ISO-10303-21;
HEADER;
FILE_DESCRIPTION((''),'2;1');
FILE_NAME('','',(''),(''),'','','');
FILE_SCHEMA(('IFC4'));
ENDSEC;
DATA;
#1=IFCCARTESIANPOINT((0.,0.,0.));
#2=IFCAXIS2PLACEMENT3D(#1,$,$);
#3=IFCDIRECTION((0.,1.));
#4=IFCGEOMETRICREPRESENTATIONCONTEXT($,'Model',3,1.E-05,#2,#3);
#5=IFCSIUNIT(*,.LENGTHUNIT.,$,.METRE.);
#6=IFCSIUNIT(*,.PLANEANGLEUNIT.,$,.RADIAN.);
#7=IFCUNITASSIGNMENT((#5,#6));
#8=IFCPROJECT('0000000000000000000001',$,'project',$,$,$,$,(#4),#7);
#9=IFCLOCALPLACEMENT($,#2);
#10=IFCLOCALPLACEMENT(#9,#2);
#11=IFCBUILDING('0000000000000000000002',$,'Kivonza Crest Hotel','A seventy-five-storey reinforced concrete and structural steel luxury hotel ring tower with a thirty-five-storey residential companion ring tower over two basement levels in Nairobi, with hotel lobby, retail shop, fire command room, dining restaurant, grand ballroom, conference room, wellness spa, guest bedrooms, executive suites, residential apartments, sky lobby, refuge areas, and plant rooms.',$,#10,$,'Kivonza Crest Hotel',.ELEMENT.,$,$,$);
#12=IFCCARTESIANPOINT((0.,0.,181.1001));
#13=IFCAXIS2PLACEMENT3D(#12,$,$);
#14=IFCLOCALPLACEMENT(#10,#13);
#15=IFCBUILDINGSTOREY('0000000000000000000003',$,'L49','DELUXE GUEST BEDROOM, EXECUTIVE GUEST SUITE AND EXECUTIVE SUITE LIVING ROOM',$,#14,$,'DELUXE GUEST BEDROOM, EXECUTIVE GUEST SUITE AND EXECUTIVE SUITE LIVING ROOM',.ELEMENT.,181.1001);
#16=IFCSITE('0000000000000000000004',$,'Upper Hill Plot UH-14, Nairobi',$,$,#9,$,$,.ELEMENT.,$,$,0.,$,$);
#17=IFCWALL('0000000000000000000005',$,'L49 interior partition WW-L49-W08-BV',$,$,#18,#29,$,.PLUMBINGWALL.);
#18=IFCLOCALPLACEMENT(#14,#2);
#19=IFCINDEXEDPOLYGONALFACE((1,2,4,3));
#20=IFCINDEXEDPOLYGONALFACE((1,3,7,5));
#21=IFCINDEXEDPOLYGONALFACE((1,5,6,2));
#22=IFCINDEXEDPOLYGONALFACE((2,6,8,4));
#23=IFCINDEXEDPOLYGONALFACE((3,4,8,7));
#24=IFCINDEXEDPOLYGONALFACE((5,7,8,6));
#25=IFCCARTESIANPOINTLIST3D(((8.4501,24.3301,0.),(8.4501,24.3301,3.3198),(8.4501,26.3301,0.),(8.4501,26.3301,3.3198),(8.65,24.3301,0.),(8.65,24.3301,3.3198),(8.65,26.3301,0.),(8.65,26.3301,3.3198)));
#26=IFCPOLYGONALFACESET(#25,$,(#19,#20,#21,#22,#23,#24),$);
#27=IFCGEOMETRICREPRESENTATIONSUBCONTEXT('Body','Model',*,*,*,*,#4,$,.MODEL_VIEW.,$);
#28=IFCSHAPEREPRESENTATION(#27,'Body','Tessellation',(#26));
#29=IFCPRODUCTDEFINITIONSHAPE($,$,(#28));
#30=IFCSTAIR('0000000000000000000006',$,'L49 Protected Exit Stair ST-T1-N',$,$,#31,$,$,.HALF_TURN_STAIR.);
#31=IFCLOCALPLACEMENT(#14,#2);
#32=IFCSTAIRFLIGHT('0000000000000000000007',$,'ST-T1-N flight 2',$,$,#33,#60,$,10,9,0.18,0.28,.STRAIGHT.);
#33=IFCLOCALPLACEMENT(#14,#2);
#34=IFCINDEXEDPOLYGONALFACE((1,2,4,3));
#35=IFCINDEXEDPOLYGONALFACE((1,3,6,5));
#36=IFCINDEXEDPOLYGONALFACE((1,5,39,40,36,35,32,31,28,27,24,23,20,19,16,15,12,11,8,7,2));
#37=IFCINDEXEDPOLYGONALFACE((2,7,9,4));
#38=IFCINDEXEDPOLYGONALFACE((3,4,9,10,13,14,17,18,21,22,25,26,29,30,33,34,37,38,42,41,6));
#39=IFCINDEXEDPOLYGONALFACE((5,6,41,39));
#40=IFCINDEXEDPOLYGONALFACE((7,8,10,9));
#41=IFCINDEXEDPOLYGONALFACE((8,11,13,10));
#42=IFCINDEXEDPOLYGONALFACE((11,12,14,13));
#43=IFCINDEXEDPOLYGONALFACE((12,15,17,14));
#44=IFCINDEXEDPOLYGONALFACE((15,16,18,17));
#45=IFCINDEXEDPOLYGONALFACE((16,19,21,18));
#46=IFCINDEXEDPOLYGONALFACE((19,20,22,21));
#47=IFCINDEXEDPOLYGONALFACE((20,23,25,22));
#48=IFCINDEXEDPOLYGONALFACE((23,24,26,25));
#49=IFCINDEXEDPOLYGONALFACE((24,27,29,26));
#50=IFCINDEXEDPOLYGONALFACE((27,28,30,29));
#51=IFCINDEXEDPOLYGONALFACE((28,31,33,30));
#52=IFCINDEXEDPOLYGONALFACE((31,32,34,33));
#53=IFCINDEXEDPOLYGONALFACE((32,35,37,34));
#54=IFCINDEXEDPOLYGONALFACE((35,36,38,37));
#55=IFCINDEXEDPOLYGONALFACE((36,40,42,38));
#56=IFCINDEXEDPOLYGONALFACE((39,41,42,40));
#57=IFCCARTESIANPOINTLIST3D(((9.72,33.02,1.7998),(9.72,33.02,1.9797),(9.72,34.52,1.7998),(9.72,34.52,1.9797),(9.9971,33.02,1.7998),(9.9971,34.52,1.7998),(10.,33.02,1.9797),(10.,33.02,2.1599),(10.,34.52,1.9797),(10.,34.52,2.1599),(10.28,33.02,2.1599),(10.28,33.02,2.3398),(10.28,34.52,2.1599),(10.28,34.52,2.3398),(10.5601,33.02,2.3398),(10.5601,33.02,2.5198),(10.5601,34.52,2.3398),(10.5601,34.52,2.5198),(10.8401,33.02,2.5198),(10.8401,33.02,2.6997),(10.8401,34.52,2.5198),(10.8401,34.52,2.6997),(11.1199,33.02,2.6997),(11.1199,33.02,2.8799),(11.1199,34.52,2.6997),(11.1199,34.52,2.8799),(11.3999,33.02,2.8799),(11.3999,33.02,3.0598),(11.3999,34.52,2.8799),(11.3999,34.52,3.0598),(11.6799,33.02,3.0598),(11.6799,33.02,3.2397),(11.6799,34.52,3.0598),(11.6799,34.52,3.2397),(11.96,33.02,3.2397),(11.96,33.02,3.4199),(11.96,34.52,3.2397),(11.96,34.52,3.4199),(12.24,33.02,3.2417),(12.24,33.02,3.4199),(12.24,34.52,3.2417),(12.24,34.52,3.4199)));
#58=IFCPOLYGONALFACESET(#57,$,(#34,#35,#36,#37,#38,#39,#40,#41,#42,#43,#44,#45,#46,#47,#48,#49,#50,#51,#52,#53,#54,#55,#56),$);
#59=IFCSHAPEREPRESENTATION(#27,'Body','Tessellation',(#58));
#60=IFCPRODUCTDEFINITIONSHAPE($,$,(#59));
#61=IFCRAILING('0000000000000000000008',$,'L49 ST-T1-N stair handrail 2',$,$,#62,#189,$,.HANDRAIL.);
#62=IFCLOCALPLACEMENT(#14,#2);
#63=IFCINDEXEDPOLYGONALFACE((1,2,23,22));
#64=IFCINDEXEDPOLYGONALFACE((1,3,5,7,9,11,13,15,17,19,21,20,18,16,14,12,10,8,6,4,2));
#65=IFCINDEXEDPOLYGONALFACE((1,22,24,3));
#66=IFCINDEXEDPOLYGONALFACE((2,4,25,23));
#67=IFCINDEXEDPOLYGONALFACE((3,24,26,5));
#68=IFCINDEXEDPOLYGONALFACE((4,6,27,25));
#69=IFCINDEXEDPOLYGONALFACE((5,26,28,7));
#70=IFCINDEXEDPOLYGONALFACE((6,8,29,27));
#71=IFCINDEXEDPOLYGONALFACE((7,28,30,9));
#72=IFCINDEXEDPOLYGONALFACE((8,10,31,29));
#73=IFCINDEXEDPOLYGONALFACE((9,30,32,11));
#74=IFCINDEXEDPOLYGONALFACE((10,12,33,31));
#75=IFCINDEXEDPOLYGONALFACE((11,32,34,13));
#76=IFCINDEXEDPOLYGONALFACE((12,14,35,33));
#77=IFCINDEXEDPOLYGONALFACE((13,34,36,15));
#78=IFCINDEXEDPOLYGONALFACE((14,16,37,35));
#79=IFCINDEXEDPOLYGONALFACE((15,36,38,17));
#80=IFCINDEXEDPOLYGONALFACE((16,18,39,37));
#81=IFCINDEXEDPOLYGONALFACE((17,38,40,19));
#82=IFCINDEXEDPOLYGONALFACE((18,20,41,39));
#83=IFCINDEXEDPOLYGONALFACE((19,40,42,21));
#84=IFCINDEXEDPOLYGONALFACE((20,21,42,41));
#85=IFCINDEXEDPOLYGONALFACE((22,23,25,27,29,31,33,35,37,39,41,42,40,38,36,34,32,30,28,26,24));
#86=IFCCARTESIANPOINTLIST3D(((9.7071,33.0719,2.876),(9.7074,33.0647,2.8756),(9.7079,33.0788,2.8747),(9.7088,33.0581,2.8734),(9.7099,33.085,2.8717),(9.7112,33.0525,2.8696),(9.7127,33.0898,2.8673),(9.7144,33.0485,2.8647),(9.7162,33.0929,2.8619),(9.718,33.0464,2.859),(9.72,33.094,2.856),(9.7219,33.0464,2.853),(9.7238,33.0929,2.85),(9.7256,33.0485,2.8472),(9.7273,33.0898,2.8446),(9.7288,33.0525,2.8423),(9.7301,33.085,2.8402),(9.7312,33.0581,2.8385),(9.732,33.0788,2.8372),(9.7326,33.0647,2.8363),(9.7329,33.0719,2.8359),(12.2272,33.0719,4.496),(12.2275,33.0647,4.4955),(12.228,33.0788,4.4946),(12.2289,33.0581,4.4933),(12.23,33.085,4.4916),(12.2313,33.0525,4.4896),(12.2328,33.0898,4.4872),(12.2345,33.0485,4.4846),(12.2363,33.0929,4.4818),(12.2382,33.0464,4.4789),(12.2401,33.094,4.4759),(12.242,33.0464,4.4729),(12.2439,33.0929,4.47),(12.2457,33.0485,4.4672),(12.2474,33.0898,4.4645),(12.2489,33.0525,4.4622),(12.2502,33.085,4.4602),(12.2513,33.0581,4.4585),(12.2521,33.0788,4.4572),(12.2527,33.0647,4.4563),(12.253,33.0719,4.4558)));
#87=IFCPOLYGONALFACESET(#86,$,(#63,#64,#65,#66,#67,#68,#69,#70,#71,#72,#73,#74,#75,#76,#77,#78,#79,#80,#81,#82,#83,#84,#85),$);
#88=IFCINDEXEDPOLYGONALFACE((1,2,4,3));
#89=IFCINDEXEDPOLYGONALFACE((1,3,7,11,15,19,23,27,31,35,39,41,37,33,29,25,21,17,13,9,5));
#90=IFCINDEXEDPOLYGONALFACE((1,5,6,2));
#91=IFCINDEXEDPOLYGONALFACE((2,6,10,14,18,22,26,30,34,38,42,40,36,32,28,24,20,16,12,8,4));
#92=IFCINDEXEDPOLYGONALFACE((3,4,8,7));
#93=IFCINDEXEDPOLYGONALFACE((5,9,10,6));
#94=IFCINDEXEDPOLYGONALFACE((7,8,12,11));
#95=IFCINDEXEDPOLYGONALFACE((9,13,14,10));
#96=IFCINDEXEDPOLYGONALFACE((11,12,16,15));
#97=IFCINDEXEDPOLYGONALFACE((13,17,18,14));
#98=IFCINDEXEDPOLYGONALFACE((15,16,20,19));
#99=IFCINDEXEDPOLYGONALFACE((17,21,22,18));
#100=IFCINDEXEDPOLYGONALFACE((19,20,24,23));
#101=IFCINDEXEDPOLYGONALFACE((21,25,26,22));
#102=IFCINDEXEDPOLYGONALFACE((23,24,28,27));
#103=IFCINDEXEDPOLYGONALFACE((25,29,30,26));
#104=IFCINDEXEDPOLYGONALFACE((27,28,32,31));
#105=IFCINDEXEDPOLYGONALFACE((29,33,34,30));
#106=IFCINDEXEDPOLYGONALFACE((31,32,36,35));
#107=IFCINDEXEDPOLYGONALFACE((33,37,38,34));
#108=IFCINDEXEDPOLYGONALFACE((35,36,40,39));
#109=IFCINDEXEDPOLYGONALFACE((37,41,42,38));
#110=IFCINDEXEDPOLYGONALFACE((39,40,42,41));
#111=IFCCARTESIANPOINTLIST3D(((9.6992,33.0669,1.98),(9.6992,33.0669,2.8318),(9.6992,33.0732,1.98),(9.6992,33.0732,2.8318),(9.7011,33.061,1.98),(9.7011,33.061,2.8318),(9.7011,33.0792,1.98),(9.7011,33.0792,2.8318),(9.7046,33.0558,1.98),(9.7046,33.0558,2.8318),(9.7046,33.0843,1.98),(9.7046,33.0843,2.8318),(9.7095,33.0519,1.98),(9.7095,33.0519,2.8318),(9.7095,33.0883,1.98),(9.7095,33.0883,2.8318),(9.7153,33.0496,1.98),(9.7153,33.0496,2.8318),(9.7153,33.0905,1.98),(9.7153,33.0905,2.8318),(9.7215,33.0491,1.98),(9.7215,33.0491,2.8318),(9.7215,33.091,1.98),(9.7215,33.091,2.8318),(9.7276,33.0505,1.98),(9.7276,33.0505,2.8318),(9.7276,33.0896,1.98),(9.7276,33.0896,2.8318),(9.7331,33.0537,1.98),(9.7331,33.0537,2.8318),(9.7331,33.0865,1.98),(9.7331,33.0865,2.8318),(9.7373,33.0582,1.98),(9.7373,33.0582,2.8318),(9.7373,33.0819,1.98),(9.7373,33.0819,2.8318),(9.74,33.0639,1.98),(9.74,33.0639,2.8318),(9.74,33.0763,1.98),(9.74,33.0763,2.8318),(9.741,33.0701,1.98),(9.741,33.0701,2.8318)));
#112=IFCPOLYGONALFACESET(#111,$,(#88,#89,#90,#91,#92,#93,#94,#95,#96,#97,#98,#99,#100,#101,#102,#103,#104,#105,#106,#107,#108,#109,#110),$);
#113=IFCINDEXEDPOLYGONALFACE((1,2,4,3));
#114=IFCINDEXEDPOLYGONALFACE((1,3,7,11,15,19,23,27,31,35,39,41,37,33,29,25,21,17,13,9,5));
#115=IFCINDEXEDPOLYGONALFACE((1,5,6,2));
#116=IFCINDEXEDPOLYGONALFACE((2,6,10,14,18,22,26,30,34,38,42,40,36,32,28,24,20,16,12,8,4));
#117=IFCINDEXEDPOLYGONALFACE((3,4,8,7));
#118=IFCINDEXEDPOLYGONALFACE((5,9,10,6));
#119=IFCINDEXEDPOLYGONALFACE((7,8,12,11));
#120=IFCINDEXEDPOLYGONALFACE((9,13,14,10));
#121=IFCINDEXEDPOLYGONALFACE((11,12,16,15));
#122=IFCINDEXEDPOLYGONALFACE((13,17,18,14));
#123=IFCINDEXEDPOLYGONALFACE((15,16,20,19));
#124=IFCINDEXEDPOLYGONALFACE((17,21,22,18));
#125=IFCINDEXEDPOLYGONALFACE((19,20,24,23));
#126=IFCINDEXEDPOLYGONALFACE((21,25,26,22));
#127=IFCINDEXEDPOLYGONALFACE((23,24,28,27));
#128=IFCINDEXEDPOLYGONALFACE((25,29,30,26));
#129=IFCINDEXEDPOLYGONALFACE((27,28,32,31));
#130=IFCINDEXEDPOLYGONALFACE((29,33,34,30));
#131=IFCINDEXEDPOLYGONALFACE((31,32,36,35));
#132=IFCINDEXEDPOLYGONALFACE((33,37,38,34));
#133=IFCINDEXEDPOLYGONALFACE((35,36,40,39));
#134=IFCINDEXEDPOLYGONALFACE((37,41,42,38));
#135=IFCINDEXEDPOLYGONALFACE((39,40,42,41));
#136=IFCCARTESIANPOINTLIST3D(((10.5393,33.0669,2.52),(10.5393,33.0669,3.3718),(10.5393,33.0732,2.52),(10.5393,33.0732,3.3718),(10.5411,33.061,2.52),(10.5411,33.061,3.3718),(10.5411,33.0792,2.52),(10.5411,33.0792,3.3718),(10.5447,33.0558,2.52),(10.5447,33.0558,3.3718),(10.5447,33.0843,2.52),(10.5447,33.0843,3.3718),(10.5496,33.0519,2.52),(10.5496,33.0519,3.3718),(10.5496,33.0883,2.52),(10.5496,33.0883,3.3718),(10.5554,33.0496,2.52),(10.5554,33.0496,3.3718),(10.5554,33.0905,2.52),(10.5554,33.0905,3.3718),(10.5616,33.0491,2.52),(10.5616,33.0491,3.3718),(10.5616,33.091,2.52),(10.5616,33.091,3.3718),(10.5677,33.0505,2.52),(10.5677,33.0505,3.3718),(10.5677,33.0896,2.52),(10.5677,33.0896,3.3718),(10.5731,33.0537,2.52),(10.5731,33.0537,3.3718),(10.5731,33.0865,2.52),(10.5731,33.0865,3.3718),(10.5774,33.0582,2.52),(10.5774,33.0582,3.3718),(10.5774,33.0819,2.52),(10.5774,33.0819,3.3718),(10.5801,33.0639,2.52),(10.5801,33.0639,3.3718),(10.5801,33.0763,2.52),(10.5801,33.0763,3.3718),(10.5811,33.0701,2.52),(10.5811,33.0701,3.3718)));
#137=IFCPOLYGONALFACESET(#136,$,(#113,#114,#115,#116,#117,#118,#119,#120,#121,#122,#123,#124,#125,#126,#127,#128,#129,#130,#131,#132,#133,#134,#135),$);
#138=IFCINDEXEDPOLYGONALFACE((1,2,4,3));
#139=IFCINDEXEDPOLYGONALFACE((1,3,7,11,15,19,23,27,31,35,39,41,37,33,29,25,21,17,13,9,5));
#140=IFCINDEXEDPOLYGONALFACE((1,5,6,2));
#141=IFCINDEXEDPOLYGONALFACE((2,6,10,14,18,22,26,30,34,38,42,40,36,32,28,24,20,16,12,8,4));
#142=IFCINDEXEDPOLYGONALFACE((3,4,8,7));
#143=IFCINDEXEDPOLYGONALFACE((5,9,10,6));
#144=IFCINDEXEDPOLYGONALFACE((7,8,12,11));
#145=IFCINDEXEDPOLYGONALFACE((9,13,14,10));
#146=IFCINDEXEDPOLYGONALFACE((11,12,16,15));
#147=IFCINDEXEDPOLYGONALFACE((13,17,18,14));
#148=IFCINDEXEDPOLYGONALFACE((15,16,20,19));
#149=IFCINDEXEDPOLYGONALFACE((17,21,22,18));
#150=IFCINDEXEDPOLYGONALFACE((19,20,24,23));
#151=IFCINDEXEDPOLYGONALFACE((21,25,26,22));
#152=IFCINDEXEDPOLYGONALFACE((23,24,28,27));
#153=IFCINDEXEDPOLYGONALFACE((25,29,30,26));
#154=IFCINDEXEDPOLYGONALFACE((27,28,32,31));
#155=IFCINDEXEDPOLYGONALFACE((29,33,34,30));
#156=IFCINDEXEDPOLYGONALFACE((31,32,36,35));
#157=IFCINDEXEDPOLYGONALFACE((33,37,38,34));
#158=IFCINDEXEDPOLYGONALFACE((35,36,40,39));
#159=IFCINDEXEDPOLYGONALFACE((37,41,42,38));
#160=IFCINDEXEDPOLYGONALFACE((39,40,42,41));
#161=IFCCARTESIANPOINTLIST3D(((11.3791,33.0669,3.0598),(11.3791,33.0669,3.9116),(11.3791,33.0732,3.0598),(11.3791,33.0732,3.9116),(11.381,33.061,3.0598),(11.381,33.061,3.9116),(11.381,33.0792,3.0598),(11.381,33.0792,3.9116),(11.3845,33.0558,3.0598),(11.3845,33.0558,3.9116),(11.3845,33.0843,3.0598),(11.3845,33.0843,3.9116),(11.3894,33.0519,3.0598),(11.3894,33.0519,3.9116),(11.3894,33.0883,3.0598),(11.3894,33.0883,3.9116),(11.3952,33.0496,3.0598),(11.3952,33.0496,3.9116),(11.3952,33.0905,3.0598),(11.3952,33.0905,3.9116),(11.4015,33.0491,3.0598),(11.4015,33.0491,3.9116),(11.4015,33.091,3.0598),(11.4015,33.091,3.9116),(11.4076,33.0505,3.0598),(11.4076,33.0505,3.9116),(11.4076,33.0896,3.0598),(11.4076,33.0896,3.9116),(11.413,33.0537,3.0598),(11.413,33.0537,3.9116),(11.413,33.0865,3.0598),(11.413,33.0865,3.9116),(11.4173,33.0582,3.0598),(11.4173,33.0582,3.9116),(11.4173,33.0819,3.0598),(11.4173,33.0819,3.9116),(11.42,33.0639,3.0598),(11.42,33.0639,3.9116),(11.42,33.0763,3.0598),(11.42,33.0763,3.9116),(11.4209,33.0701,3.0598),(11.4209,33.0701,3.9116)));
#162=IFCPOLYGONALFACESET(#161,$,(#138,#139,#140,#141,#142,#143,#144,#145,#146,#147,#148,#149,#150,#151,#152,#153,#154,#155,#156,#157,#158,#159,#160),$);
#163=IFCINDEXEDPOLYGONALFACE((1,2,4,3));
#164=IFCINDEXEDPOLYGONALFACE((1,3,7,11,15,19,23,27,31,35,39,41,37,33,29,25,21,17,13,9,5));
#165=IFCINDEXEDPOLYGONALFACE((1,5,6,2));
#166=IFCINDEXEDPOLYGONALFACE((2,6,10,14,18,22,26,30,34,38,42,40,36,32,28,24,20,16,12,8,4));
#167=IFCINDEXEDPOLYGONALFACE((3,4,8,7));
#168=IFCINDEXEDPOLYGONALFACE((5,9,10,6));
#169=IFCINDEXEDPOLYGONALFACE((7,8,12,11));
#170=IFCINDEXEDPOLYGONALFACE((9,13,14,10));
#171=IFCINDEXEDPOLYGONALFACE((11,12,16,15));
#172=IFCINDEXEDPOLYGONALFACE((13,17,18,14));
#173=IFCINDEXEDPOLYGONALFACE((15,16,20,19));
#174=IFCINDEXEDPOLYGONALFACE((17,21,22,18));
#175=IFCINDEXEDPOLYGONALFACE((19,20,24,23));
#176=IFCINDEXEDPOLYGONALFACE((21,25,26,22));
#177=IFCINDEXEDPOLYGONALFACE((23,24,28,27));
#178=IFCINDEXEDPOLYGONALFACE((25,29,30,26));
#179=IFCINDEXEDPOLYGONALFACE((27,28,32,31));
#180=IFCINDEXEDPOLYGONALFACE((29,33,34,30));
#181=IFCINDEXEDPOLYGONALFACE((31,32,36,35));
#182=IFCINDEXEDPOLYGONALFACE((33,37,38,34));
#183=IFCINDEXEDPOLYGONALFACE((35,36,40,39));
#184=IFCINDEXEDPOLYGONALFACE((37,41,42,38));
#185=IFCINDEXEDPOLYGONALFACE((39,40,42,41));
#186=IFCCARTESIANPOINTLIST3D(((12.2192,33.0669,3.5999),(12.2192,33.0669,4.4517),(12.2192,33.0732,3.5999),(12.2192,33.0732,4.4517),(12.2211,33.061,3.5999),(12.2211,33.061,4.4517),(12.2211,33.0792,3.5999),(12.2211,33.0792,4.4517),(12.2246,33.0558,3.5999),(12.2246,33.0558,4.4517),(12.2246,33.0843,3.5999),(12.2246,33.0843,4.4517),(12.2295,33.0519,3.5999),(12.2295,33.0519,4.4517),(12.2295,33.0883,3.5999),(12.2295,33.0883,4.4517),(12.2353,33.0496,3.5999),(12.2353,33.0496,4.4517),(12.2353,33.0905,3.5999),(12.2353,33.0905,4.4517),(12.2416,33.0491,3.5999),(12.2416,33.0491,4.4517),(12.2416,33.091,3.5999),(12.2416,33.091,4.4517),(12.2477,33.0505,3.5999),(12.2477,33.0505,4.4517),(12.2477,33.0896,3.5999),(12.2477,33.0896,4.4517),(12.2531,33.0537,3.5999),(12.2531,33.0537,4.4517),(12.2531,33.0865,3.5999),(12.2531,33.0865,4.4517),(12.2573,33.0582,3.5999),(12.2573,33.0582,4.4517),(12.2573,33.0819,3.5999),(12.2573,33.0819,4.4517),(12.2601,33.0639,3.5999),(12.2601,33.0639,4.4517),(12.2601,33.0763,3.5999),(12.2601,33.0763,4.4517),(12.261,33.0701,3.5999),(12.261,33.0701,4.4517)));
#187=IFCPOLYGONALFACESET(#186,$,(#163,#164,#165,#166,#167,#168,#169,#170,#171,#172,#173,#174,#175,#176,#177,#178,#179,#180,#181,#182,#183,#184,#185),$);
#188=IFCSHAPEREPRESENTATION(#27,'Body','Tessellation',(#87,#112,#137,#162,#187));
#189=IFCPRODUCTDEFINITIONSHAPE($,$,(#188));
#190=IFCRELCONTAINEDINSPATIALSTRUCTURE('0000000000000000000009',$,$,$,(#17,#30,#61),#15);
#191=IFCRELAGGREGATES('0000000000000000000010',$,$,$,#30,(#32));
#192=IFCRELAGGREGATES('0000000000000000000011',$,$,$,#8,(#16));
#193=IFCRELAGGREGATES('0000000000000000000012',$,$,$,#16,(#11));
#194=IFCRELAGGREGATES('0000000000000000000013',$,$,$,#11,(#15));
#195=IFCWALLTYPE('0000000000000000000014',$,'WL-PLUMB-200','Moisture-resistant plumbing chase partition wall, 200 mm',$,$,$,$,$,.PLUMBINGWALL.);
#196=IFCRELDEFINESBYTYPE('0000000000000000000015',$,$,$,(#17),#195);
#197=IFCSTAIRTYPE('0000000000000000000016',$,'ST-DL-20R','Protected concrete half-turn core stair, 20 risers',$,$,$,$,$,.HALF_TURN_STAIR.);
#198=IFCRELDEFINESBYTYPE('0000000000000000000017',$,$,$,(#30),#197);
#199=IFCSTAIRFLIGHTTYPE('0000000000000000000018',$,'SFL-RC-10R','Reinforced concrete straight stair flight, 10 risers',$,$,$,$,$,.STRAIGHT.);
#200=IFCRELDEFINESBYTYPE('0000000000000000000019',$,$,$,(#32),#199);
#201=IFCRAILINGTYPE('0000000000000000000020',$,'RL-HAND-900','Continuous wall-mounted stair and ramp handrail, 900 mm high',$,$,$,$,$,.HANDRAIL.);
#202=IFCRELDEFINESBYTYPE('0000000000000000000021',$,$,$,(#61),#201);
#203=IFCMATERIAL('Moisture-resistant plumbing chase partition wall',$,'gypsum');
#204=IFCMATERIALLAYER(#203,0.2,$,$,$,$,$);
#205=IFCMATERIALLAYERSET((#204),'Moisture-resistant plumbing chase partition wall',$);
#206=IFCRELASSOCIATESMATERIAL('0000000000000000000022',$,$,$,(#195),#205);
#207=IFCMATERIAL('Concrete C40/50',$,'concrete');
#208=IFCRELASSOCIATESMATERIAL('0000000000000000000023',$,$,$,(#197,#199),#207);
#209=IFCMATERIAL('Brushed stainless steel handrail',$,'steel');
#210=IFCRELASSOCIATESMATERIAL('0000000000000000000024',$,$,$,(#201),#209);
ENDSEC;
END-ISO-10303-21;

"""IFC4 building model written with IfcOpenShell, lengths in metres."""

from ifc_helpers import new_model, si_unit, direction, frame, frame_2d, origin, origin_2d, place, context, subcontext, project, spatial, polyline, rectangle, circle, outline, extrude, material, layer, layer_set, type_object, element, aggregate, save


model = new_model("IFC4")

# Units and contexts
model_context = context("Model", 3, precision=1e-05, world=origin(), true_north=direction((0.0, 1.0)))
body_context = subcontext(model_context, "Body", "Model", "MODEL_VIEW")
ifc_project = project(units=[si_unit("LENGTHUNIT", "METRE"), si_unit("PLANEANGLEUNIT", "RADIAN")], contexts=[model_context])

# Site, building, storey
site_placement = place(None, origin())
site = spatial("IfcSite", under=ifc_project, at=site_placement, Name="Upper Hill Plot UH-14, Nairobi", CompositionType="ELEMENT", RefElevation=0.0)
building_placement = place(site_placement, origin())
building = spatial("IfcBuilding", under=site, at=building_placement, Name="Kivonza Crest Hotel", Description="A seventy-five-storey reinforced concrete and structural steel luxury hotel ring tower with a thirty-five-storey residential companion ring tower over two basement levels in Nairobi, with hotel lobby, retail shop, fire command room, dining restaurant, grand ballroom, conference room, wellness spa, guest bedrooms, executive suites, residential apartments, sky lobby, refuge areas, and plant rooms.", LongName="Kivonza Crest Hotel", CompositionType="ELEMENT")
storey_placement = place(building_placement, frame((0.0, 0.0, 181.1001)))
storey = spatial("IfcBuildingStorey", under=building, at=storey_placement, Name="L49", Description="DELUXE GUEST BEDROOM, EXECUTIVE GUEST SUITE AND EXECUTIVE SUITE LIVING ROOM", LongName="DELUXE GUEST BEDROOM, EXECUTIVE GUEST SUITE AND EXECUTIVE SUITE LIVING ROOM", CompositionType="ELEMENT", Elevation=181.1001)

# Shared definitions
ifc_material_1 = material(Name="Moisture-resistant plumbing chase partition wall", Category="gypsum")
ifc_layer_1 = layer(ifc_material_1, 0.2)
ifc_layer_set_1 = layer_set([ifc_layer_1], Name="Moisture-resistant plumbing chase partition wall")
wall_type_1 = type_object("IfcWallType", Name="WL-PLUMB-200", Description="Moisture-resistant plumbing chase partition wall, 200 mm", PredefinedType="PLUMBINGWALL", material=ifc_layer_set_1)

# Wall
wall_1_placement = place(storey_placement, frame((8.55, 24.3301, 0.0), z_axis=(0.0, 0.0, 1.0), x_axis=(0.0, 1.0, 0.0)))
element("IfcWall", 1, at=wall_1_placement, inside=storey, type_object=wall_type_1, Name="L49 interior partition WW-L49-W08-BV", PredefinedType="PLUMBINGWALL", context=body_context, shape_type="SweptSolid", body=[
    extrude(rectangle(XDim=2.0, YDim=0.2, at=frame_2d((1.0, 0.0))), origin(), (0.0, 0.0, 1.0), 3.3198),
])

# Stair, stair flight
ifc_material_2 = material(Name="Concrete C40/50", Category="concrete")
stair_type = type_object("IfcStairType", Name="ST-DL-20R", Description="Protected concrete half-turn core stair, 20 risers", PredefinedType="HALF_TURN_STAIR", material=ifc_material_2)
stair_placement = place(storey_placement, origin())
stair = element("IfcStair", 2, at=stair_placement, inside=storey, type_object=stair_type, Name="L49 Protected Exit Stair ST-T1-N", PredefinedType="HALF_TURN_STAIR")
stair_flight_type = type_object("IfcStairFlightType", Name="SFL-RC-10R", Description="Reinforced concrete straight stair flight, 10 risers", PredefinedType="STRAIGHT", material=ifc_material_2)
stair_flight_placement = place(storey_placement, frame((9.72, 33.77, 1.7998), z_axis=(0.0, 0.0, 1.0), x_axis=(1.0, 0.0, 0.0)))
stair_flight = element("IfcStairFlight", 3, at=stair_flight_placement, type_object=stair_flight_type, Name="ST-T1-N flight 2", NumberOfRisers=10, NumberOfTreads=9, PredefinedType="STRAIGHT", RiserHeight=0.18, TreadLength=0.28, context=body_context, shape_type="SweptSolid", body=[
    extrude(outline(polyline([(0.0, 0.0), (0.0, 0.1799), (0.28, 0.1799), (0.28, 0.3601), (0.5601, 0.3601), (0.5601, 0.54), (0.8401, 0.54), (0.8401, 0.72), (1.1201, 0.72), (1.1201, 0.8999), (1.3999, 0.8999), (1.3999, 1.0801), (1.6799, 1.0801), (1.6799, 1.26), (1.96, 1.26), (1.96, 1.4399), (2.24, 1.4399), (2.24, 1.6201), (2.52, 1.6201), (2.52, 1.8), (2.52, 1.4419), (0.2771, 0.0), (0.0, 0.0)])), frame((0.0, 0.75, 0.0), z_axis=(0.0, -1.0, 0.0), x_axis=(1.0, 0.0, 0.0)), (0.0, 0.0, 1.0), 1.5),
])
aggregate(stair, [stair_flight])

# Railing
ifc_material_3 = material(Name="Brushed stainless steel handrail", Category="steel")
railing_type_1 = type_object("IfcRailingType", Name="RL-HAND-900", Description="Continuous wall-mounted stair and ramp handrail, 900 mm high", PredefinedType="HANDRAIL", material=ifc_material_3)
railing_1_placement = place(storey_placement, frame((9.72, 33.0701, 1.98)))
element("IfcRailing", 4, at=railing_1_placement, inside=storey, type_object=railing_type_1, Name="L49 ST-T1-N stair handrail 2", PredefinedType="HANDRAIL", context=body_context, shape_type="SweptSolid", body=[
    extrude(circle(Radius=0.0239, at=origin_2d()), frame((0.0, 0.0, 0.876), z_axis=(0.8412, 0.0, 0.540725), x_axis=(0.0, 1.0, 0.0)), (0.0, 0.0, 1.0), 2.9958),
    extrude(circle(Radius=0.021, at=origin_2d()), origin(), (0.0, 0.0, 1.0), 0.8518),
    extrude(circle(Radius=0.021, at=origin_2d()), frame((0.8401, 0.0, 0.54)), (0.0, 0.0, 1.0), 0.8518),
    extrude(circle(Radius=0.021, at=origin_2d()), frame((1.6799, 0.0, 1.0798)), (0.0, 0.0, 1.0), 0.8518),
    extrude(circle(Radius=0.021, at=origin_2d()), frame((2.52, 0.0, 1.6199)), (0.0, 0.0, 1.0), 0.8518),
])

save(model, "model.ifc")
